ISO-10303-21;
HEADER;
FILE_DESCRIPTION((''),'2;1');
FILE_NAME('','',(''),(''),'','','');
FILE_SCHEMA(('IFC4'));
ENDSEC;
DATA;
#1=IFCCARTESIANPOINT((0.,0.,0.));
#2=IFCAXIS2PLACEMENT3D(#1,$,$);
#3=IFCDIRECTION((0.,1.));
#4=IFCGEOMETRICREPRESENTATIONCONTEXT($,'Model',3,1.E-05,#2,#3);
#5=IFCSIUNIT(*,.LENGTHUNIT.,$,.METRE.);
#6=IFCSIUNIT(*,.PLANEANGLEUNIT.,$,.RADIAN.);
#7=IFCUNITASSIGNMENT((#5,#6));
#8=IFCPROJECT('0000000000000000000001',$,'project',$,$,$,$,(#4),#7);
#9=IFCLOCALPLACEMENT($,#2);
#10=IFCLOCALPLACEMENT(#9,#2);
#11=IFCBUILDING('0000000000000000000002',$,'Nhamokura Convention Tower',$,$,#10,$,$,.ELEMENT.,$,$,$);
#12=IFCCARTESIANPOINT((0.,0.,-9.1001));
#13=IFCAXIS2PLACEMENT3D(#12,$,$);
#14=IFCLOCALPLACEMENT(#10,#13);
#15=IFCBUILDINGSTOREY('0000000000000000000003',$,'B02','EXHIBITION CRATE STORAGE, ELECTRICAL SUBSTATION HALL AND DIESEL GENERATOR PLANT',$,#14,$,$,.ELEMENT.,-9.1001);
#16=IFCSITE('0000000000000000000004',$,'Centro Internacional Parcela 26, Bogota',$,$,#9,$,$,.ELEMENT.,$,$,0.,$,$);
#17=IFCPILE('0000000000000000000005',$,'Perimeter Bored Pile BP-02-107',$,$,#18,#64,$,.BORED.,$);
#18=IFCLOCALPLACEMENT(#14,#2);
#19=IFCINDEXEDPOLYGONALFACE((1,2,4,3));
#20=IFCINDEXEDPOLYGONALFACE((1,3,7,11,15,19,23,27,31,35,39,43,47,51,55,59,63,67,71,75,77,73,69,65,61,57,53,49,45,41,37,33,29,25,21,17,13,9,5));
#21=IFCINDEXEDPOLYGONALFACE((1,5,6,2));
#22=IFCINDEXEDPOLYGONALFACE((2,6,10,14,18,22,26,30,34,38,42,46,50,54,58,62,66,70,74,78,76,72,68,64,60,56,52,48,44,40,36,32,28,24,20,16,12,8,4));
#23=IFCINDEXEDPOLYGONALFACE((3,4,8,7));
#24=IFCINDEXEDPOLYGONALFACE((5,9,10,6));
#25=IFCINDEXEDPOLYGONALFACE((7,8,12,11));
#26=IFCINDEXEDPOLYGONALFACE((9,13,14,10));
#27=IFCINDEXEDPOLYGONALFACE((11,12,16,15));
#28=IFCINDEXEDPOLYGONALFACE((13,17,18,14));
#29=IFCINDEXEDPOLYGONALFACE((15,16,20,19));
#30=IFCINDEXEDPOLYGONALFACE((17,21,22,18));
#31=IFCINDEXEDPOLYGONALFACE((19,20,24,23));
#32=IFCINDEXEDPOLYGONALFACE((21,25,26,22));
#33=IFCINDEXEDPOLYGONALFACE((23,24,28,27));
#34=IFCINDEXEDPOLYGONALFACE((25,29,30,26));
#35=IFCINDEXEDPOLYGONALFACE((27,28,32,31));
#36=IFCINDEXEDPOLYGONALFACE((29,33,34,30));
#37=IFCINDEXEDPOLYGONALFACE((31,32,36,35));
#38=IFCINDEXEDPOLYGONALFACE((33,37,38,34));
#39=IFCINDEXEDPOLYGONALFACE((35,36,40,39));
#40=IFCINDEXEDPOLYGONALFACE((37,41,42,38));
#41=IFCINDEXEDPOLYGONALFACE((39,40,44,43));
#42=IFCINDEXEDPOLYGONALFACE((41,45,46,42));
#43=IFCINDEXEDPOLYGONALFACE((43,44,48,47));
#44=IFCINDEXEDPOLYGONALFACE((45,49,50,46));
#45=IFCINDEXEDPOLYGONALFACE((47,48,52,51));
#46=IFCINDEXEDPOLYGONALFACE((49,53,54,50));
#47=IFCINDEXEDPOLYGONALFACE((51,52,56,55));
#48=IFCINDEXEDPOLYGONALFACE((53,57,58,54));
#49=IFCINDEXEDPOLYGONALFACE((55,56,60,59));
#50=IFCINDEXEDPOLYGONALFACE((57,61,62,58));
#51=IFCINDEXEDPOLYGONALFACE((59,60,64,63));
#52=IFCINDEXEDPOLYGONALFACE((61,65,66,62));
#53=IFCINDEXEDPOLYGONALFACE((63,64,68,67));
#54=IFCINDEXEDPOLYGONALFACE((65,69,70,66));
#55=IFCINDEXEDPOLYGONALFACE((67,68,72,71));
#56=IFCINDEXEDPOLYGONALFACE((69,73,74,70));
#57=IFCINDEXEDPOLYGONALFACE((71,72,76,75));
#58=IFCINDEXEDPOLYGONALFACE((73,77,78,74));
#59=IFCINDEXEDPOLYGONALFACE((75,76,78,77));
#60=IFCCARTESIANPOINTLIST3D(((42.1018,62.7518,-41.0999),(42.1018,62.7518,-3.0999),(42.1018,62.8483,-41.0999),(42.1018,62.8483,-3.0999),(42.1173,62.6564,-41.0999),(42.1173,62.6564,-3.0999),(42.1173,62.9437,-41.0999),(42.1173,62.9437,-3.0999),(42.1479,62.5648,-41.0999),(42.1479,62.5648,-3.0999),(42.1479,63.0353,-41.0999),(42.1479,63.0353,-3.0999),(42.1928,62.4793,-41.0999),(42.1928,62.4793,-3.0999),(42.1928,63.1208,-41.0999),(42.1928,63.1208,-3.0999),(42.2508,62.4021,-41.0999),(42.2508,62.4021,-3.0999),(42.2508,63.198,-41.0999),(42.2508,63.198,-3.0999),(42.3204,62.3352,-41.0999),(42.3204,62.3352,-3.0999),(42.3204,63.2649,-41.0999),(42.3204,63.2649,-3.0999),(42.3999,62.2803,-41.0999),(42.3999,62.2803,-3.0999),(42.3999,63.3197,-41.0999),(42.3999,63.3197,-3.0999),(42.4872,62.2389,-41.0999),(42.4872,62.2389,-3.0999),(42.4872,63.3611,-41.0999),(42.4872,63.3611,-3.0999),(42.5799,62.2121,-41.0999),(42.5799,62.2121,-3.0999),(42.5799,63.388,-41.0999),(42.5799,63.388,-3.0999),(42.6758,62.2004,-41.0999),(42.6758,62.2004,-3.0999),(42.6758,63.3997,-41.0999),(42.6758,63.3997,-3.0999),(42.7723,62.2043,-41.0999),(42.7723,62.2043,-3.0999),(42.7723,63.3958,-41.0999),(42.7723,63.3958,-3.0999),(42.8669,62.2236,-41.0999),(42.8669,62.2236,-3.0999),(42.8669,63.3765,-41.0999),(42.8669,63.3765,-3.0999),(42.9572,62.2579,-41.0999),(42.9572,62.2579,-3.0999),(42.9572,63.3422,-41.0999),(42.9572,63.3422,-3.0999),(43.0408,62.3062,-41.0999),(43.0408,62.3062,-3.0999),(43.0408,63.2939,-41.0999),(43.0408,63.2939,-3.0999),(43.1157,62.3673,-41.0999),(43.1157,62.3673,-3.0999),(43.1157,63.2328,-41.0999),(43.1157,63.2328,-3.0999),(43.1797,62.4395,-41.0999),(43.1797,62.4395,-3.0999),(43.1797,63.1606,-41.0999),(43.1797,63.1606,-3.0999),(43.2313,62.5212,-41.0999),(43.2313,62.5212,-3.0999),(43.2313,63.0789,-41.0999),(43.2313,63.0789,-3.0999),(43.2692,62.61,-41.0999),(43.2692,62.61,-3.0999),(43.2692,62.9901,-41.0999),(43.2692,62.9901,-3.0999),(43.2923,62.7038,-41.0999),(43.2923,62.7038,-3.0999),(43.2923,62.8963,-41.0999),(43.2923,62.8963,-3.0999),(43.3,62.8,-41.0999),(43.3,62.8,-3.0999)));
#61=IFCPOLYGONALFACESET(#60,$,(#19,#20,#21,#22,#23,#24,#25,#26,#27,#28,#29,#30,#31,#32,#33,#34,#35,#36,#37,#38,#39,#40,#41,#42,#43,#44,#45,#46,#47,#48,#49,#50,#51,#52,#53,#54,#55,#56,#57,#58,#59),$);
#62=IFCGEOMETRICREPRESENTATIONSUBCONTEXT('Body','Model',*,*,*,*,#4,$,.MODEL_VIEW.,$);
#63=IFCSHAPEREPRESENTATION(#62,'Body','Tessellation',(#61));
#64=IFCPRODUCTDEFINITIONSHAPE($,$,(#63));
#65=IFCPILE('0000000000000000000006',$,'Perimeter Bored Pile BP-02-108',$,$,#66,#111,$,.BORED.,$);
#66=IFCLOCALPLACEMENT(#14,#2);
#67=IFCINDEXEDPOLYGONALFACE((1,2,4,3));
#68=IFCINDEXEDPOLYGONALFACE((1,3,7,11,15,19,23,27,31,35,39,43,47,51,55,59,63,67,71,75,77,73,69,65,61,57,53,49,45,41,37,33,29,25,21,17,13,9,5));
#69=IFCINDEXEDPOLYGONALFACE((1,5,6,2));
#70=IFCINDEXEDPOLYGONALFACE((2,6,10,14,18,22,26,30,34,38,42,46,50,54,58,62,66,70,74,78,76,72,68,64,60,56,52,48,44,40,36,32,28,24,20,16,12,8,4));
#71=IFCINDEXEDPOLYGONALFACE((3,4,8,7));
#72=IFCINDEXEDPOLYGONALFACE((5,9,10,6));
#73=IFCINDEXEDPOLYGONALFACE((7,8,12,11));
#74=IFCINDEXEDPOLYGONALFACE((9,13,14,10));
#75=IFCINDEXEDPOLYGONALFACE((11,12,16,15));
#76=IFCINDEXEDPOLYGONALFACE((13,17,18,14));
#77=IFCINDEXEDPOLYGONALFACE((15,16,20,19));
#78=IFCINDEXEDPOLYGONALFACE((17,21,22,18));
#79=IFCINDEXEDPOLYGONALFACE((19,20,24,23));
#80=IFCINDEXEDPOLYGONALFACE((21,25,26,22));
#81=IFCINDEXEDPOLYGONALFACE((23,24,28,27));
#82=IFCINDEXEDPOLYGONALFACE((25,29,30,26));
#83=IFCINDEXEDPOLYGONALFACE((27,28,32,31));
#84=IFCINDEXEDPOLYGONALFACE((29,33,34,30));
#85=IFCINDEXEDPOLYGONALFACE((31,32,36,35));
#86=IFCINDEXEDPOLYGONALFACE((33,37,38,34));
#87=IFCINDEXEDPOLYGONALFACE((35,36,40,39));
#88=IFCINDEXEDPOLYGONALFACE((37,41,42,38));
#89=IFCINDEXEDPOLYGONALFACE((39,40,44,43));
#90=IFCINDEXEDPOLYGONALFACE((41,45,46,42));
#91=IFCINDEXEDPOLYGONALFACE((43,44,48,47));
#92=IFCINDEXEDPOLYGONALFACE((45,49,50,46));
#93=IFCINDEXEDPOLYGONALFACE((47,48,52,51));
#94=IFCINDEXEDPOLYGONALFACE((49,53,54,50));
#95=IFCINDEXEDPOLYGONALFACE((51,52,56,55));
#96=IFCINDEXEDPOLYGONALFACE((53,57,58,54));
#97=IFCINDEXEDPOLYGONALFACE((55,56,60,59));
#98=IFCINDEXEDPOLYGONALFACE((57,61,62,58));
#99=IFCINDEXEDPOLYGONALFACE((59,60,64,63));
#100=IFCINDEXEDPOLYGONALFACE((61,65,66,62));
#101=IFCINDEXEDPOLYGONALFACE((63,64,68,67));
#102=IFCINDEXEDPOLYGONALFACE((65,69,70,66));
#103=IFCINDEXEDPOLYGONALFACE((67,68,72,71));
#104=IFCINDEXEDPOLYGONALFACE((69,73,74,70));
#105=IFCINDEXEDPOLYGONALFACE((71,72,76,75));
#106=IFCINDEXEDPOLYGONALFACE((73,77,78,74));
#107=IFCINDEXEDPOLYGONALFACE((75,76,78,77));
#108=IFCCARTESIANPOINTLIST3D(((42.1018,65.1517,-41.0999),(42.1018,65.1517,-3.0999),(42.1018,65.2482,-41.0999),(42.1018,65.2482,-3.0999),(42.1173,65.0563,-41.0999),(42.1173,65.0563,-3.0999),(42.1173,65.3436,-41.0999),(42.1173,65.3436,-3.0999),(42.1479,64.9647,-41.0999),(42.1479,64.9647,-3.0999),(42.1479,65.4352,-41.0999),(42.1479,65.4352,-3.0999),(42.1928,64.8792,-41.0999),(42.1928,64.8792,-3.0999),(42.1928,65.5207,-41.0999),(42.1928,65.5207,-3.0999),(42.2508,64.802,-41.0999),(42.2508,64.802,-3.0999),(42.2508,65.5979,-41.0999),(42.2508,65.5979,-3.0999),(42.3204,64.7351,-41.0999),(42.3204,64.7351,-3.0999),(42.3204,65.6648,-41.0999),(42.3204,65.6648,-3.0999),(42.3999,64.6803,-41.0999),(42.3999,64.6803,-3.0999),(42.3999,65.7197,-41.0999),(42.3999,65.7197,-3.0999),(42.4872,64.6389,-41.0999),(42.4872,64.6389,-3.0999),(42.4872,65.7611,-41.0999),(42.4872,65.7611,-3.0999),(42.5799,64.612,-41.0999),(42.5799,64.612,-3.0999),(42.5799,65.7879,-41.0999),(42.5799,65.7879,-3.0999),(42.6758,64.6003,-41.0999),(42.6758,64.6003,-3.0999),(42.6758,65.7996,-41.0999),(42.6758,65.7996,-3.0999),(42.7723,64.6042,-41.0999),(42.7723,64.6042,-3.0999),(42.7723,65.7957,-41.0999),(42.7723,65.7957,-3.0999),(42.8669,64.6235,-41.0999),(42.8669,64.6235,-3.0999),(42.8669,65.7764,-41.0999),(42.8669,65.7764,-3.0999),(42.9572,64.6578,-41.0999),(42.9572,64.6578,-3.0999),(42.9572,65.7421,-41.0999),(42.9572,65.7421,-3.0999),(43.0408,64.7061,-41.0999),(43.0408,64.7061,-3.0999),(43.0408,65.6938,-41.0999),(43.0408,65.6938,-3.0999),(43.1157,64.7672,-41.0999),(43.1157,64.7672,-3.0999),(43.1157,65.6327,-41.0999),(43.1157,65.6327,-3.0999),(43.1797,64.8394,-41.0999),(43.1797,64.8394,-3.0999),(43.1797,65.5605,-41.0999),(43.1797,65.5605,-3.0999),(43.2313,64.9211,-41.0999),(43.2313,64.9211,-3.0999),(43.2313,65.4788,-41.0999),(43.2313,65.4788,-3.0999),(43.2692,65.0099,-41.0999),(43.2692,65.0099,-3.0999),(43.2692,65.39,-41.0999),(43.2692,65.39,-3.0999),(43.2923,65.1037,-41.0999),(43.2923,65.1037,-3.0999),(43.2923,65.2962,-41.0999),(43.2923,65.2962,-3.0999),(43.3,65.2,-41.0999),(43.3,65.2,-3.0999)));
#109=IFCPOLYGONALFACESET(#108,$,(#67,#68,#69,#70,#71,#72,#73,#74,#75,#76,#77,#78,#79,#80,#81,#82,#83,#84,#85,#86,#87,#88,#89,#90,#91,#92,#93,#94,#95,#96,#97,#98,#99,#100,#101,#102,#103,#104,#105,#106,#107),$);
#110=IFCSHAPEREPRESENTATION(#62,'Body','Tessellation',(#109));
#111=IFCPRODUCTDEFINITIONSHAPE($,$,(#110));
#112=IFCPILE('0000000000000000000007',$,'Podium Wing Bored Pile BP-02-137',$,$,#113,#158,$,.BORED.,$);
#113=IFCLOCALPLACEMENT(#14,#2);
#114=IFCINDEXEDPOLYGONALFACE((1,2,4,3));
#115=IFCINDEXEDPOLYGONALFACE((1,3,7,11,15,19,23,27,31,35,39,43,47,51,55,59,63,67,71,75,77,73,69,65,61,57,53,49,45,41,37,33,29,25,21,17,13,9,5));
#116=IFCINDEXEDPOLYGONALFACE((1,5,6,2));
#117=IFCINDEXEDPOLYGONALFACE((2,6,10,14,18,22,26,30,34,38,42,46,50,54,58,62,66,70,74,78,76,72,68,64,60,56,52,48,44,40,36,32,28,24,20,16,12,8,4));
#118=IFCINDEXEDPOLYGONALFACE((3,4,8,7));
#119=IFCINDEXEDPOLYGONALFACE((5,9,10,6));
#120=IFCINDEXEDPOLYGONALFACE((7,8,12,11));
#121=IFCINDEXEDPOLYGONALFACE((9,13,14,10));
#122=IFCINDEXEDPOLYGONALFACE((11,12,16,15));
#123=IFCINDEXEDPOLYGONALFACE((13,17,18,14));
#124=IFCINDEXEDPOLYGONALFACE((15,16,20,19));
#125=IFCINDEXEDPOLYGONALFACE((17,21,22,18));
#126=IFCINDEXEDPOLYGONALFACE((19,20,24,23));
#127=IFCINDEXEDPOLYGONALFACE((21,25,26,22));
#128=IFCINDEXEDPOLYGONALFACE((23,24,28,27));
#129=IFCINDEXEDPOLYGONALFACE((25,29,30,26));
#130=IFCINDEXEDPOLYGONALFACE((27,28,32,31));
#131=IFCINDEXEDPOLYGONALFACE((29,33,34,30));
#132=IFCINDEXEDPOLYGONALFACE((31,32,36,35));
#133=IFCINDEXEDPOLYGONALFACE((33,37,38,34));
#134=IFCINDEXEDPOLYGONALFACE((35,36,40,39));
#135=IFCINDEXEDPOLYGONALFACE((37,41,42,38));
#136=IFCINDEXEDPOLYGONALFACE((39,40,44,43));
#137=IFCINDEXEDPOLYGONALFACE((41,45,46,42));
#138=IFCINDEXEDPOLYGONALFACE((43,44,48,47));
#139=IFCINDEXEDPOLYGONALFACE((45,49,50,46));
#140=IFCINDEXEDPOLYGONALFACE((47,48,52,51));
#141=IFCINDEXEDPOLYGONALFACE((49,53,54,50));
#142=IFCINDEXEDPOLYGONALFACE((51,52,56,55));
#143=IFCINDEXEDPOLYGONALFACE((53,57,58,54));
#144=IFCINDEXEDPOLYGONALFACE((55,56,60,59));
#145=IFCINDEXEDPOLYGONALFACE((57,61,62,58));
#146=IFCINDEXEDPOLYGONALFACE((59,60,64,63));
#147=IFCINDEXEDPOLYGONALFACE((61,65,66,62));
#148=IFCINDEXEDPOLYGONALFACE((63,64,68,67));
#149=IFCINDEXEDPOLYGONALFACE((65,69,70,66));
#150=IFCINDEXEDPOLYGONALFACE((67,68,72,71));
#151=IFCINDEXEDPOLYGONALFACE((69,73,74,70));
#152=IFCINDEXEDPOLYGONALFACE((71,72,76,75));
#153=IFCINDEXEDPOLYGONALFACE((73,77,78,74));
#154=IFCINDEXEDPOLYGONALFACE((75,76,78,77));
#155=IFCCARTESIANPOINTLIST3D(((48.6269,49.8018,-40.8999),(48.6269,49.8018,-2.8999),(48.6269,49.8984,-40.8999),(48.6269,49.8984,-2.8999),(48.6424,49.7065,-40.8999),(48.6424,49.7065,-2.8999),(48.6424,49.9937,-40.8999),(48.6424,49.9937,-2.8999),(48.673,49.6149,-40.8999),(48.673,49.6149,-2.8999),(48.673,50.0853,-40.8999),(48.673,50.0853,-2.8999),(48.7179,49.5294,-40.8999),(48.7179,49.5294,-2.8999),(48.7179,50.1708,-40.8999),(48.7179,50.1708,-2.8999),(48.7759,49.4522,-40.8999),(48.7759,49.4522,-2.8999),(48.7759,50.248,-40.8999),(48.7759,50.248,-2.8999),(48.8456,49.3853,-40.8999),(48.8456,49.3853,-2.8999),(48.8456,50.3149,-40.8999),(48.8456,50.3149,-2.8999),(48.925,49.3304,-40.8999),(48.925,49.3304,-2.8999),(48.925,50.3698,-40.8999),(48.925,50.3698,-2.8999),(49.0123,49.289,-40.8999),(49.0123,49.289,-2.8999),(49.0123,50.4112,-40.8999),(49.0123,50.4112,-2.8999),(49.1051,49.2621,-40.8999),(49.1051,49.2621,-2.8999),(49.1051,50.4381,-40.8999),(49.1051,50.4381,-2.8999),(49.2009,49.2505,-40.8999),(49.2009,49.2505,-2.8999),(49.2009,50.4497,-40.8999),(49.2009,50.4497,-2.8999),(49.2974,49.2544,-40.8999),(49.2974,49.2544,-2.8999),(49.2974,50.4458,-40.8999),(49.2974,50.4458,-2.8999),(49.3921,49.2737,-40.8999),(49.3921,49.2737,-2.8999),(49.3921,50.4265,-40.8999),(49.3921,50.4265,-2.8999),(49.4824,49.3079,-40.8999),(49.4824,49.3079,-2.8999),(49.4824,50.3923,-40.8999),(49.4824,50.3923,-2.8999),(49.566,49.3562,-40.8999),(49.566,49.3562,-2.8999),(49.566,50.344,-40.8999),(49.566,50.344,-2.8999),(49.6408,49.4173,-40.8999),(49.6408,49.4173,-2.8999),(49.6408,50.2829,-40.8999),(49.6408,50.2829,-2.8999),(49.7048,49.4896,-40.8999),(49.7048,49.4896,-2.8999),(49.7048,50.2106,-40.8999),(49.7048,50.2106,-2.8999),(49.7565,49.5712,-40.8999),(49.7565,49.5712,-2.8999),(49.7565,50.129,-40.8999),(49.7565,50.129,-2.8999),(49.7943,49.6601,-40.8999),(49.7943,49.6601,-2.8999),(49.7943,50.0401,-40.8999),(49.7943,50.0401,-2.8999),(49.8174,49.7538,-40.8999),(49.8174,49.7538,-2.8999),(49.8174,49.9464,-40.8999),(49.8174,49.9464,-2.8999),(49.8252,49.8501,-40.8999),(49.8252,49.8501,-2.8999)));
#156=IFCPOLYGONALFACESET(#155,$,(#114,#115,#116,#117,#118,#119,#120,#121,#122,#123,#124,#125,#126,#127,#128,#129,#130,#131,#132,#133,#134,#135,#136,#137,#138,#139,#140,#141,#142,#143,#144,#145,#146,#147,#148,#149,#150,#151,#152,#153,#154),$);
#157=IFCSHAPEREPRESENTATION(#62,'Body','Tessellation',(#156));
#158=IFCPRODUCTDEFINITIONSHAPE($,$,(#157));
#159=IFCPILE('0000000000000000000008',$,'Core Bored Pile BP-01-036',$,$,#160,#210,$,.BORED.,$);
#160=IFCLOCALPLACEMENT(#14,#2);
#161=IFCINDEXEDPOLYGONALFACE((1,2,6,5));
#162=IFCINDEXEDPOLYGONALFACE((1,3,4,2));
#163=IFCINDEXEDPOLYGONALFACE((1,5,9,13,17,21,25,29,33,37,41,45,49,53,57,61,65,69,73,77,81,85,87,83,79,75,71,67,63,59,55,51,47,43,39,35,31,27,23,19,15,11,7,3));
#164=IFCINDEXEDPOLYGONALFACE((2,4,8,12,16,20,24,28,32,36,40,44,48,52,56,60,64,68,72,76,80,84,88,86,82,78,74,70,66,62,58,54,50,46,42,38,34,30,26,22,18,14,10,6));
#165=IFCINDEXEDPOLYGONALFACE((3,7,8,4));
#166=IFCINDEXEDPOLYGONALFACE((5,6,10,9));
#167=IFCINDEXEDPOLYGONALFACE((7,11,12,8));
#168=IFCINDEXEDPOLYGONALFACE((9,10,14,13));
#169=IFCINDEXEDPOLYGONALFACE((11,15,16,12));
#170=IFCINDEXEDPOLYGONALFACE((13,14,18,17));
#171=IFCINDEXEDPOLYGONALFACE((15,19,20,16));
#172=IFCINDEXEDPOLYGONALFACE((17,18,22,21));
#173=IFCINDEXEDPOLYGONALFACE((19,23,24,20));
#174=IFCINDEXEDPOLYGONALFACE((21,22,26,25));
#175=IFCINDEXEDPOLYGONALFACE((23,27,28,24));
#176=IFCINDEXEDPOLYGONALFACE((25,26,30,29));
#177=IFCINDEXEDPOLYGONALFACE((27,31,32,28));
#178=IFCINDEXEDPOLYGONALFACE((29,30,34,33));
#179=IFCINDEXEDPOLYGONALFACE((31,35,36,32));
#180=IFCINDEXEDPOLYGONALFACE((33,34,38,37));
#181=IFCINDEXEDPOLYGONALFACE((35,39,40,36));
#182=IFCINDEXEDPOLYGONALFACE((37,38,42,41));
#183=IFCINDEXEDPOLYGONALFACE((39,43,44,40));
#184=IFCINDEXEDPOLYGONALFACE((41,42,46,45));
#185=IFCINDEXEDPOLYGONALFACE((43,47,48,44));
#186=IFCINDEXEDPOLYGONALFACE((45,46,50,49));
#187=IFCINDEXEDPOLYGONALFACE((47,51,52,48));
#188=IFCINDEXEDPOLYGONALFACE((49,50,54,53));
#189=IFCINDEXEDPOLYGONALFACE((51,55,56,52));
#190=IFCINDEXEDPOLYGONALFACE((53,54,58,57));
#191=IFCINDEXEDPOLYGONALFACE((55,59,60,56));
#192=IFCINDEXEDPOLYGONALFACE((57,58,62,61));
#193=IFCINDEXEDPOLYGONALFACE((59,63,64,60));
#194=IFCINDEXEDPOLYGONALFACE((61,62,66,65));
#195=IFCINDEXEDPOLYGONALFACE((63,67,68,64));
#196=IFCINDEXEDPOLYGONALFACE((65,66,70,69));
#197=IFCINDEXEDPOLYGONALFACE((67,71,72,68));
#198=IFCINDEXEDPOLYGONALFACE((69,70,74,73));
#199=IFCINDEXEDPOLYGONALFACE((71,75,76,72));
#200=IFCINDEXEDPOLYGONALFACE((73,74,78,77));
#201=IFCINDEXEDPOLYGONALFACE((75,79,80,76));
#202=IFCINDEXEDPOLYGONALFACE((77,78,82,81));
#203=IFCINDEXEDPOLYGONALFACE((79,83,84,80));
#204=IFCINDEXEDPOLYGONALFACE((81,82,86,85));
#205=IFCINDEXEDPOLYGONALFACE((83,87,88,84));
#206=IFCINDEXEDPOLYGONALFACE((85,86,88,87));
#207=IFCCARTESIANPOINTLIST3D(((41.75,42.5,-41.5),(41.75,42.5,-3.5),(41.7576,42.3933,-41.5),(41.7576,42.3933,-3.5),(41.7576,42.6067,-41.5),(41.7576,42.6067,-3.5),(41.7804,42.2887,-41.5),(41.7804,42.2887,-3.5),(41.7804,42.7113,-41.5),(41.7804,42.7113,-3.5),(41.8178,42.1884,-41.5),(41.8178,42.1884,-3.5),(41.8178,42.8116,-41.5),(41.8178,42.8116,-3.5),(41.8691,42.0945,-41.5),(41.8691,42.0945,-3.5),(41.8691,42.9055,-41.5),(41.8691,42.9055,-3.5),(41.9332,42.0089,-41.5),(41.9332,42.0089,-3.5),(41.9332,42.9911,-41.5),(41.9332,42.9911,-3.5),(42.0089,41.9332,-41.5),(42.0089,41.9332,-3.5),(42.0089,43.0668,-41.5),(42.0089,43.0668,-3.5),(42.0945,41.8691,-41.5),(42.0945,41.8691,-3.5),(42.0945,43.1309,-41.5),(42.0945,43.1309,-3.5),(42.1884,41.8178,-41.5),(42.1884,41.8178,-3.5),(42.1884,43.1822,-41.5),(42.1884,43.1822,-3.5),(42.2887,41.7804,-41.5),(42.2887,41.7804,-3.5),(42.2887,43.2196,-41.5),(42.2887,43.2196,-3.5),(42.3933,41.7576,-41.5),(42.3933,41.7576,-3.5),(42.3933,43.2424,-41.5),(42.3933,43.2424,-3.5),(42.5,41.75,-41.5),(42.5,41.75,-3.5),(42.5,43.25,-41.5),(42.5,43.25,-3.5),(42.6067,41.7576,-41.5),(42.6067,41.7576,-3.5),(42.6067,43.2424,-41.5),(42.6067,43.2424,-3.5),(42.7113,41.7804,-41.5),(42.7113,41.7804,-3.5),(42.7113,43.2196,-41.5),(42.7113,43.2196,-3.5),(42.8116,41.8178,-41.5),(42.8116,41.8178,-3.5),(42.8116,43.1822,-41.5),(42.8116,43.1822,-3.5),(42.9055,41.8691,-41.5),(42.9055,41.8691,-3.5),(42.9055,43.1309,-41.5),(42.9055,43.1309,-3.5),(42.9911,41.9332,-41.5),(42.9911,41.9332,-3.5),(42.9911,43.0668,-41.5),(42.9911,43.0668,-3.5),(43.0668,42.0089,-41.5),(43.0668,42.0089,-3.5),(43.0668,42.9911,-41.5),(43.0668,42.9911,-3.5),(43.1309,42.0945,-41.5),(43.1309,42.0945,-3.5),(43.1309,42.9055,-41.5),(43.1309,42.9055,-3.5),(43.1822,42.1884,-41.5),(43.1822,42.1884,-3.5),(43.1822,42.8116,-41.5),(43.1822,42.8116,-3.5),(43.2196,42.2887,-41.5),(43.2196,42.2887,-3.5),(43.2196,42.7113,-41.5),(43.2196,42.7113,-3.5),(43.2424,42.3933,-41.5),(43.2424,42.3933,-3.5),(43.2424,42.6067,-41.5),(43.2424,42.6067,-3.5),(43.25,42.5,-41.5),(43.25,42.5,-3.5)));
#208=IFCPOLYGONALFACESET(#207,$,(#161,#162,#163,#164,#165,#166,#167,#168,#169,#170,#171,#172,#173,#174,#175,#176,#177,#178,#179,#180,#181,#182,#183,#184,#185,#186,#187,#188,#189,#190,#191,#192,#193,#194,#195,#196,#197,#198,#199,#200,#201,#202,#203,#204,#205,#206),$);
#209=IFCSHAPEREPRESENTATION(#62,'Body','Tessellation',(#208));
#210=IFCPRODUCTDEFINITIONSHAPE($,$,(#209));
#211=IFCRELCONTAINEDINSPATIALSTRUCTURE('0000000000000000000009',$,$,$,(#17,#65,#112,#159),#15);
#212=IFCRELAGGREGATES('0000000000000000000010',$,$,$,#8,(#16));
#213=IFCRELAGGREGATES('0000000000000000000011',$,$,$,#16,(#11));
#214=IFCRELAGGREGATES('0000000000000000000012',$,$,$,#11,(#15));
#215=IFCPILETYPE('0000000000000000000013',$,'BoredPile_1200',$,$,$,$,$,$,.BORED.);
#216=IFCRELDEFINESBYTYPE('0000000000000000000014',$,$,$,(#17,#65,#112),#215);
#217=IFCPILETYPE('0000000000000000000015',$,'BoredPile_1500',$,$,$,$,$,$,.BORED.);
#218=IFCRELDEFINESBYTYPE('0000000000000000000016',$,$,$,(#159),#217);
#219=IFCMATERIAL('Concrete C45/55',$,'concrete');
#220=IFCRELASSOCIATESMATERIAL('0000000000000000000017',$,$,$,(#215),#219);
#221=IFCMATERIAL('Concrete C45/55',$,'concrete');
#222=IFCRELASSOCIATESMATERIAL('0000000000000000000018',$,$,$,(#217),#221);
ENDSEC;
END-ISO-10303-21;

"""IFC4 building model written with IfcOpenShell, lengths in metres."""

from ifc_helpers import new_model, si_unit, direction, frame, origin, origin_2d, place, context, subcontext, project, spatial, circle, extrude, material, material_profile, profile_set, type_object, element, save


model = new_model("IFC4")

# Units and contexts
model_context = context("Model", 3, precision=1e-05, world=origin(), true_north=direction((0.0, 1.0)))
body_context = subcontext(model_context, "Body", "Model", "MODEL_VIEW")
ifc_project = project(units=[si_unit("LENGTHUNIT", "METRE"), si_unit("PLANEANGLEUNIT", "RADIAN")], contexts=[model_context])

# Site, building, storey
site_placement = place(None, origin())
site = spatial("IfcSite", under=ifc_project, at=site_placement, Name="Centro Internacional Parcela 26, Bogota", CompositionType="ELEMENT", RefElevation=0.0)
building_placement = place(site_placement, origin())
building = spatial("IfcBuilding", under=site, at=building_placement, Name="Nhamokura Convention Tower", CompositionType="ELEMENT")
storey_placement = place(building_placement, frame((0.0, 0.0, -9.1001)))
storey = spatial("IfcBuildingStorey", under=building, at=storey_placement, Name="B02", Description="EXHIBITION CRATE STORAGE, ELECTRICAL SUBSTATION HALL AND DIESEL GENERATOR PLANT", CompositionType="ELEMENT", Elevation=-9.1001)

# Piles
ifc_material_1 = material(Name="Concrete C45/55", Category="concrete")
ifc_material_profile_1 = material_profile(ifc_material_1, circle(Radius=0.6001, at=origin_2d()))
ifc_profile_set_1 = profile_set([ifc_material_profile_1], Name="Concrete C45/55")
pile_type_1 = type_object("IfcPileType", Name="BoredPile_1200", PredefinedType="BORED", material=ifc_profile_set_1)
for number, where, z_axis, x_axis, name in (
    (1, (42.7, 62.8, -3.0999), (0.0, 0.0, -1.0), (1.0, 0.0, 0.0), "Perimeter Bored Pile BP-02-107"),
    (2, (42.7, 65.2, -3.0999), (0.0, 0.0, -1.0), (1.0, 0.0, 0.0), "Perimeter Bored Pile BP-02-108"),
    (3, (49.2251, 49.8501, -2.8999), (0.0, 0.0, -1.0), (1.0, 0.0, 0.0), "Podium Wing Bored Pile BP-02-137"),
):
    element("IfcPile", number, at=place(storey_placement, frame(where, z_axis=z_axis, x_axis=x_axis)), inside=storey, type_object=pile_type_1, Name=name, PredefinedType="BORED", context=body_context, shape_type="SweptSolid", body=[
        extrude(circle(Radius=0.6001, at=origin_2d()), origin(), (0.0, 0.0, 1.0), 38.0),
    ])
ifc_material_2 = material(Name="Concrete C45/55", Category="concrete")
ifc_material_profile_2 = material_profile(ifc_material_2, circle(Radius=0.75, at=origin_2d()))
ifc_profile_set_2 = profile_set([ifc_material_profile_2], Name="Concrete C45/55")
pile_type_2 = type_object("IfcPileType", Name="BoredPile_1500", PredefinedType="BORED", material=ifc_profile_set_2)
pile_placement = place(storey_placement, frame((42.5, 42.5, -3.5), z_axis=(0.0, 0.0, -1.0), x_axis=(1.0, 0.0, 0.0)))
element("IfcPile", 4, at=pile_placement, inside=storey, type_object=pile_type_2, Name="Core Bored Pile BP-01-036", PredefinedType="BORED", context=body_context, shape_type="SweptSolid", body=[
    extrude(circle(Radius=0.75, at=origin_2d()), origin(), (0.0, 0.0, 1.0), 38.0),
])

save(model, "model.ifc")
